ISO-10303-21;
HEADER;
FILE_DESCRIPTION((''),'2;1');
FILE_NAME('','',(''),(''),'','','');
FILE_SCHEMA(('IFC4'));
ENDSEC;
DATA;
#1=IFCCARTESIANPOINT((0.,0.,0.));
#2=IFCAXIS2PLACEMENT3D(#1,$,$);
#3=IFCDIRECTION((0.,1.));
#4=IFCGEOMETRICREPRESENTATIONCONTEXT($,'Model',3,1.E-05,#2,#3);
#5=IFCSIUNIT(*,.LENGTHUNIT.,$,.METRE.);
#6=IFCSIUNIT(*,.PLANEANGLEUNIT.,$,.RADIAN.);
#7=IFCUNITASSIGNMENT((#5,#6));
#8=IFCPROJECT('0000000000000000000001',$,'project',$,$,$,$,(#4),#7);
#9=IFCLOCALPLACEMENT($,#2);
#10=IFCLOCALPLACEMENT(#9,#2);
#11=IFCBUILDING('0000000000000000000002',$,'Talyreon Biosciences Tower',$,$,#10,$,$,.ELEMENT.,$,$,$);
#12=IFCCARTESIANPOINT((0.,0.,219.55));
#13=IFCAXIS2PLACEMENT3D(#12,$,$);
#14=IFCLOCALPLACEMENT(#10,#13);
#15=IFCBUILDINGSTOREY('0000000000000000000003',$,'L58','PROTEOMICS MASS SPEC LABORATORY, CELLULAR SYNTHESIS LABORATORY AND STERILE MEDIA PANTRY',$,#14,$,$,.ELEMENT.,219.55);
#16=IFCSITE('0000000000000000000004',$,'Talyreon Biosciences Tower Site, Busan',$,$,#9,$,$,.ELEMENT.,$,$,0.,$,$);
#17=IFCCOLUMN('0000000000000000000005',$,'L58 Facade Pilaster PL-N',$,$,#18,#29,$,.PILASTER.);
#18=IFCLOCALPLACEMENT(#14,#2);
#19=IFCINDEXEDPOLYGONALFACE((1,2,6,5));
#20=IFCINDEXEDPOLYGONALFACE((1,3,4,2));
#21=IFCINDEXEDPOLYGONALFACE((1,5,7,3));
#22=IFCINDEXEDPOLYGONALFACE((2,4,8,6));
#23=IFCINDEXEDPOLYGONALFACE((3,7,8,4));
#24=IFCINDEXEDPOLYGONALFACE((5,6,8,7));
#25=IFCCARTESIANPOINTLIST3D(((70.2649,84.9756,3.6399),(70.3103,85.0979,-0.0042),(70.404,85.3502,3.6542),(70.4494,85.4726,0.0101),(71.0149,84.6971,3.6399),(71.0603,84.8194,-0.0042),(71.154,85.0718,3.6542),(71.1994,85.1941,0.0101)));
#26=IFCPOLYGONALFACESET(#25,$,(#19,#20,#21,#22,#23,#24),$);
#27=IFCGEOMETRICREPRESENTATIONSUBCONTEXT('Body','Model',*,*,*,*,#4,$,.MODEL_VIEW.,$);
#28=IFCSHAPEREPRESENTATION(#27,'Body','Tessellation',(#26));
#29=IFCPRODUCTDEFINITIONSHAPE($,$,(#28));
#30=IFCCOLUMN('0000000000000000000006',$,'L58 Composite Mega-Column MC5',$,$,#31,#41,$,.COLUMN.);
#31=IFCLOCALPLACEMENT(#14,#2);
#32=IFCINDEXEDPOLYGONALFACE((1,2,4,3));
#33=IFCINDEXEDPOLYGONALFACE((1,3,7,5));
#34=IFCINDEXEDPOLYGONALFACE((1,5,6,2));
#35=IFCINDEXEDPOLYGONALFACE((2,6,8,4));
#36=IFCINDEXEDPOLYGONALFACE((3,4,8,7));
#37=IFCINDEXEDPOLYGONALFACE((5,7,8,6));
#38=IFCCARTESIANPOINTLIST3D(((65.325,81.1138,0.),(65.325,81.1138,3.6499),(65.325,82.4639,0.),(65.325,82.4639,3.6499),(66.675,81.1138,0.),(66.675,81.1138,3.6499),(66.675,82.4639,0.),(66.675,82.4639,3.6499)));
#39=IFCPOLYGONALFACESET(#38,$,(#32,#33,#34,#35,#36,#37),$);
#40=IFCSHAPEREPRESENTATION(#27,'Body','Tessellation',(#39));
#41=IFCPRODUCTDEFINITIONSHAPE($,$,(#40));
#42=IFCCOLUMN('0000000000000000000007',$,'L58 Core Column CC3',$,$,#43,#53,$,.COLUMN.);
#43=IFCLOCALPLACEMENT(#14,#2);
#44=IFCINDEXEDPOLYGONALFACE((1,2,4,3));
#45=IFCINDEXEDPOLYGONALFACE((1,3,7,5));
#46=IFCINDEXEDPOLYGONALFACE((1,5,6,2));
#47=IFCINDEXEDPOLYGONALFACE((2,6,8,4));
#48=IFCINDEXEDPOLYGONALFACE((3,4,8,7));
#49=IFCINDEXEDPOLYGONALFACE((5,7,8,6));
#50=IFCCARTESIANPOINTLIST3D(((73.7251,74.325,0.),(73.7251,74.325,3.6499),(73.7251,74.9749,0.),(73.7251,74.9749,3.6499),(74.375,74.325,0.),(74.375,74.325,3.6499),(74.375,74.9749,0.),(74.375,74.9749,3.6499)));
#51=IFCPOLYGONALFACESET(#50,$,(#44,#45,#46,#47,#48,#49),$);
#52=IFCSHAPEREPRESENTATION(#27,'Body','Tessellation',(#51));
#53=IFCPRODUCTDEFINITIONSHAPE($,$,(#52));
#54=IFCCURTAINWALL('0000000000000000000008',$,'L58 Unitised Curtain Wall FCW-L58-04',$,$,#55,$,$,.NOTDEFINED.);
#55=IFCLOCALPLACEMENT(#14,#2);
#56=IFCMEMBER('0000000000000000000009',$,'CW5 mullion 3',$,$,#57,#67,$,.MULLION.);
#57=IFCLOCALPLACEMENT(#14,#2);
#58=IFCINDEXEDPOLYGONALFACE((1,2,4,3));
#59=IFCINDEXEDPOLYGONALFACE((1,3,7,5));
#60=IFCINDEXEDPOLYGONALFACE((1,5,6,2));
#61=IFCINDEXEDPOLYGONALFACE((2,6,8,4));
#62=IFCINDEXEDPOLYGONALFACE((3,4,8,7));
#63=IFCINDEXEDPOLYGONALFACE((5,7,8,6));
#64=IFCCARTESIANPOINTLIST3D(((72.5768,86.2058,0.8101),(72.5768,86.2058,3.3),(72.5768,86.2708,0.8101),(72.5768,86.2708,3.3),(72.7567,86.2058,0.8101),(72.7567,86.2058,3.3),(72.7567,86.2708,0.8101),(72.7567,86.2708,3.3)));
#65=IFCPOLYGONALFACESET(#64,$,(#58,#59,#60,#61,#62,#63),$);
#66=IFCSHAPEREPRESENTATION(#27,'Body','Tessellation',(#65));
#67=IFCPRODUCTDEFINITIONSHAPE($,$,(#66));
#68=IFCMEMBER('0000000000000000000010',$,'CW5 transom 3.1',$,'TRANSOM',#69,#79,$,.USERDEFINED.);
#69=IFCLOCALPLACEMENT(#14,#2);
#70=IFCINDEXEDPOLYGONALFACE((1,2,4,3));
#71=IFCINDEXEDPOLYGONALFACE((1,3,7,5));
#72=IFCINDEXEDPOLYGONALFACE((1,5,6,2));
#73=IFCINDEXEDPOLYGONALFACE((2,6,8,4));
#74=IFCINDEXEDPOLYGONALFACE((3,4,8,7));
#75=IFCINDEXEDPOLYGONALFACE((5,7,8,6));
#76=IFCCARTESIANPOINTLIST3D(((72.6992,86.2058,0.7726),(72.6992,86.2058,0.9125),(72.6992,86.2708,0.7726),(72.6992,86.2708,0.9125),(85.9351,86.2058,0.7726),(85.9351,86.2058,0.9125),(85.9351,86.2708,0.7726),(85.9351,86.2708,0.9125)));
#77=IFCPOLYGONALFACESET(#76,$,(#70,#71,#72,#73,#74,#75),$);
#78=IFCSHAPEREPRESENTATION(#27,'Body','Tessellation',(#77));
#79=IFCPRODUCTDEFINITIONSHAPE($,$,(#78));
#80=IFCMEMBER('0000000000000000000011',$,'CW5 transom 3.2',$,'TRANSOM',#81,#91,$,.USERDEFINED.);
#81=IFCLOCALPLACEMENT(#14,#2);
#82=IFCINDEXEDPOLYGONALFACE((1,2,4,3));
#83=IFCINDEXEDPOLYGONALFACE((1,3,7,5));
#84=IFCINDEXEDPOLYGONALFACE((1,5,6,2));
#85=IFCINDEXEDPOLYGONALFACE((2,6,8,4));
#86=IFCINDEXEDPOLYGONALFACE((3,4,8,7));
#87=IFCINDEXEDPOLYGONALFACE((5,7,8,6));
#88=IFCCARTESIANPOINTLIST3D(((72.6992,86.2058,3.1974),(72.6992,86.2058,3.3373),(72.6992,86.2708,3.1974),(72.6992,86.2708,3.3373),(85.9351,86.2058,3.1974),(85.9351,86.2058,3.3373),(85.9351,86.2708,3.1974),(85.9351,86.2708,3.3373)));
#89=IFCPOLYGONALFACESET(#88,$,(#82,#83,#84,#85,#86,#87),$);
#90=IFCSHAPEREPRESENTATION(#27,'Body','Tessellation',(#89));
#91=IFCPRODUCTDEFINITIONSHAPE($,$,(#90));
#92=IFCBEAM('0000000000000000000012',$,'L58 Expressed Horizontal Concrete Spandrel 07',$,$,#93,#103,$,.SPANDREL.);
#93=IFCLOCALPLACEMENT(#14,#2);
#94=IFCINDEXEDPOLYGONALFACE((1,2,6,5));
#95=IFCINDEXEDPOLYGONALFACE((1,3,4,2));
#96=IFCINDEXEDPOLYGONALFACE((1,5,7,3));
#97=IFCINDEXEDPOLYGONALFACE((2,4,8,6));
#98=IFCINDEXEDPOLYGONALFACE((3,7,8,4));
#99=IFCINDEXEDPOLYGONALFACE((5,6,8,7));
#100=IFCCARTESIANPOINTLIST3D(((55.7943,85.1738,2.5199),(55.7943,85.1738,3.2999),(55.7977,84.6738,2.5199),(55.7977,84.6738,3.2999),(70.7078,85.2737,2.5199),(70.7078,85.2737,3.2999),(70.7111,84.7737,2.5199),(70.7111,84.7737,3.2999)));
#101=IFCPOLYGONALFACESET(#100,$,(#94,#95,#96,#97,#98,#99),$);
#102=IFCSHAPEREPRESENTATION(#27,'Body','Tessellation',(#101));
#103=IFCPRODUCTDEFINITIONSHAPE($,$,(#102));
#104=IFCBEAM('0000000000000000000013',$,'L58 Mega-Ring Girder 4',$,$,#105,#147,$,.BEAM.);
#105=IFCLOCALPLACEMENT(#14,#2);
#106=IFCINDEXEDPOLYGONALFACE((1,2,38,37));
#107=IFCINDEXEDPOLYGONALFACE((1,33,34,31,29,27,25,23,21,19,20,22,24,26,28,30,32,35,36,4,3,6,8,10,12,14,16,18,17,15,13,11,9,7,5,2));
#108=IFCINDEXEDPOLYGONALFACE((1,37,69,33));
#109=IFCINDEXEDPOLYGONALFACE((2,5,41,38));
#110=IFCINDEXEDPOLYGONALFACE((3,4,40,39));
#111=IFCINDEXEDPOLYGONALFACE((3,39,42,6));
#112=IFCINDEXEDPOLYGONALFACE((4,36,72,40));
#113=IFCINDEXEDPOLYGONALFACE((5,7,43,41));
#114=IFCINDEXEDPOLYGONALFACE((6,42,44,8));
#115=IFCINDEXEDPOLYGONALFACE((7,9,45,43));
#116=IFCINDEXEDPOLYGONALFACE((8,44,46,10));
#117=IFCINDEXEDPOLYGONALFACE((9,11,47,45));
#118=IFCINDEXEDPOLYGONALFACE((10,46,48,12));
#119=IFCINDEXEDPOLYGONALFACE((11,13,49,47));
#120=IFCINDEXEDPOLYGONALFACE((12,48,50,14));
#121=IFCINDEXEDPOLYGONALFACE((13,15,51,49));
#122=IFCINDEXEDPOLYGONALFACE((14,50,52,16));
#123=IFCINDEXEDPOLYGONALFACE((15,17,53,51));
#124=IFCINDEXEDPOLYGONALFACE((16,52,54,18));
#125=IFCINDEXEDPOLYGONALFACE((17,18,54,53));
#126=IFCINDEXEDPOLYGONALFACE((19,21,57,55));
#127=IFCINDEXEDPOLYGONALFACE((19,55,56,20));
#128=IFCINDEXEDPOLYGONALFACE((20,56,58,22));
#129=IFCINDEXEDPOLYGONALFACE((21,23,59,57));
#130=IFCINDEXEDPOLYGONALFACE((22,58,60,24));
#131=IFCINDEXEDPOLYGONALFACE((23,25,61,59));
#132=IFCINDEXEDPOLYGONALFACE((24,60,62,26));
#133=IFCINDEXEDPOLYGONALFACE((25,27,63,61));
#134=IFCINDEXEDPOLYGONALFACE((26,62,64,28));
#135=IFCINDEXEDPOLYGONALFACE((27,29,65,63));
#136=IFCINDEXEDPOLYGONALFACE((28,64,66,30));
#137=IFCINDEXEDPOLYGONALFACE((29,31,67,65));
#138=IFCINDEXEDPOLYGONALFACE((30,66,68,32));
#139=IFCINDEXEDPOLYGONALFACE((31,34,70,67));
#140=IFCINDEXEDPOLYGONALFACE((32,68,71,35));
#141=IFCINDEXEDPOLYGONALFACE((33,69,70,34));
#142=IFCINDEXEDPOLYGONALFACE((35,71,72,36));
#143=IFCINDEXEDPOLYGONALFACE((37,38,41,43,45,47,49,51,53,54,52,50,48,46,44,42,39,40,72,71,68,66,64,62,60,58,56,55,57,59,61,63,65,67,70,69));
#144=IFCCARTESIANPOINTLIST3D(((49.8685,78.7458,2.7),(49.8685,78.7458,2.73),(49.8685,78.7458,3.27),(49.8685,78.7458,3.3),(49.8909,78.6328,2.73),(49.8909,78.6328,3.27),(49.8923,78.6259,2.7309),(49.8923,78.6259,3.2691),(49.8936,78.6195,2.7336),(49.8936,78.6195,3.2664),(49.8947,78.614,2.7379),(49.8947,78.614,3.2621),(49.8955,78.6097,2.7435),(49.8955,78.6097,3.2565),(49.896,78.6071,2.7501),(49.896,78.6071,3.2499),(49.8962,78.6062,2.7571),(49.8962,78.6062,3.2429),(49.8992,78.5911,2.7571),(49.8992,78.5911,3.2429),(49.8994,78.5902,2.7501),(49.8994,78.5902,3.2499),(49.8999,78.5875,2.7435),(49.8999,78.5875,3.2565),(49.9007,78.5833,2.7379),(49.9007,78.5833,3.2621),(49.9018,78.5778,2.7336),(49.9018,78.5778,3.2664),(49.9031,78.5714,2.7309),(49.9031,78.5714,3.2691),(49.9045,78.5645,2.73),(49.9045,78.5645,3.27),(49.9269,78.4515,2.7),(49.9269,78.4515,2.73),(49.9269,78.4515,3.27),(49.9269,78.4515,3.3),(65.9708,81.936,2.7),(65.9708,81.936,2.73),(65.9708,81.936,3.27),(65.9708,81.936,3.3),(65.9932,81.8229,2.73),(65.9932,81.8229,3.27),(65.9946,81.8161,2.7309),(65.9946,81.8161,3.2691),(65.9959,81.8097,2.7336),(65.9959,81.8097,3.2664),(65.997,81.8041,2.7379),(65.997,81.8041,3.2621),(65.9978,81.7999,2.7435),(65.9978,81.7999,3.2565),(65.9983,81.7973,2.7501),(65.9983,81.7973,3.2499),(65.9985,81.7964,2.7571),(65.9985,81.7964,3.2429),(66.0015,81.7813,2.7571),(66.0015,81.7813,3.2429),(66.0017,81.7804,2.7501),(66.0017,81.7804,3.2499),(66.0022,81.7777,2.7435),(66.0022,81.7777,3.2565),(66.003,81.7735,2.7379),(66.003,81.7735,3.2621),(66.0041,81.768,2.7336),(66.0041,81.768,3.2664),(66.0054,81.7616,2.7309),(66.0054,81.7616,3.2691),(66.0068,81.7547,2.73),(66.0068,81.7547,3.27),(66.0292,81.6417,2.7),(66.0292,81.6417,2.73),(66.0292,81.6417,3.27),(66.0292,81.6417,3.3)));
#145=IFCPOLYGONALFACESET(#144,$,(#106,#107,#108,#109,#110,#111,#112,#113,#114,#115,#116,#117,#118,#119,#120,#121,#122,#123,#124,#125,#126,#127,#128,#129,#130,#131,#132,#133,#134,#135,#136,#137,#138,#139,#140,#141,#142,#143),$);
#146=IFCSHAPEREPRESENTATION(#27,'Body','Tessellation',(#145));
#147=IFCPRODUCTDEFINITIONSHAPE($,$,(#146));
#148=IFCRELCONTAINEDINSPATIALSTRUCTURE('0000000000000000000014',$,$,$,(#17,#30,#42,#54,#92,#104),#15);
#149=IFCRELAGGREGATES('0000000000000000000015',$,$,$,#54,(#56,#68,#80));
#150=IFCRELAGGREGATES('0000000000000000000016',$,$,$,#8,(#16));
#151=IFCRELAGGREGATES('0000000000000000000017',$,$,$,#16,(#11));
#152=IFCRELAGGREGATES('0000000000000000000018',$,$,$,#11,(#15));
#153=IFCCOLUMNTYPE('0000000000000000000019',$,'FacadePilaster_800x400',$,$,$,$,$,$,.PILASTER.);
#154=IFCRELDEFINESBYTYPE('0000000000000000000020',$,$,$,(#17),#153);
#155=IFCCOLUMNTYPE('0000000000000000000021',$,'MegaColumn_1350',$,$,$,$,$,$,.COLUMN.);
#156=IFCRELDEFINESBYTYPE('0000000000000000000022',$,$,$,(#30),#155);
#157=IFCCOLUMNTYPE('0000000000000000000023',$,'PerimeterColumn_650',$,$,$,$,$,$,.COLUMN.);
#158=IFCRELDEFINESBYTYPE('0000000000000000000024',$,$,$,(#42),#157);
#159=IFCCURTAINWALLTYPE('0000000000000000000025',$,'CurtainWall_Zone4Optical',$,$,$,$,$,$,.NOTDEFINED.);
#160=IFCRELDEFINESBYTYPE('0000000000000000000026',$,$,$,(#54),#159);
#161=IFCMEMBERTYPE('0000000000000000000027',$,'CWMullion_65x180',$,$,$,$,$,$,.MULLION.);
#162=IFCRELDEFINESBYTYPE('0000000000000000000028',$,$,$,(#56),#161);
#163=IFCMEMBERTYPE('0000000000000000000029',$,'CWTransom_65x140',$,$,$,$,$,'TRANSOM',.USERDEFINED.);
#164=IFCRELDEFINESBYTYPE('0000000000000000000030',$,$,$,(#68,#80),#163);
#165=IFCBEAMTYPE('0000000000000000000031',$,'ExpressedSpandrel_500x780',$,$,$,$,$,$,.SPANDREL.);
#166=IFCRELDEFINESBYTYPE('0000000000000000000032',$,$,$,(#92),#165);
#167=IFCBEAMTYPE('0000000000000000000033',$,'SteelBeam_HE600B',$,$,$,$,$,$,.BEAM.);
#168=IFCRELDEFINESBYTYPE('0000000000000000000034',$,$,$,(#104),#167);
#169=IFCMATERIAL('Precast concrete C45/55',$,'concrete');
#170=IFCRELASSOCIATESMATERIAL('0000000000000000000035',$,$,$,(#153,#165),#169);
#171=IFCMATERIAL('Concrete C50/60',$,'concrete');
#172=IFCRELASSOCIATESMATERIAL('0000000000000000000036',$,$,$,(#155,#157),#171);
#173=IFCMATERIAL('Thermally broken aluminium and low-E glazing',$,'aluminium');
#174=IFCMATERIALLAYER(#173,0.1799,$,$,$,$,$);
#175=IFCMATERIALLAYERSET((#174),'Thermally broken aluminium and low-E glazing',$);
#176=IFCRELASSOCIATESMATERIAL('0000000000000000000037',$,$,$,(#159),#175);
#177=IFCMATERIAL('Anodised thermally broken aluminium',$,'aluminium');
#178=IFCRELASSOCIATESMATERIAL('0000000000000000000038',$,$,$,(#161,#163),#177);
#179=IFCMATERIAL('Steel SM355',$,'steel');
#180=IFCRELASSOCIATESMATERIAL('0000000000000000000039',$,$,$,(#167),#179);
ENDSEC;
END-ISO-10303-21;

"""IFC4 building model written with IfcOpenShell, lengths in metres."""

from ifc_helpers import new_model, si_unit, direction, frame, origin, origin_2d, place, context, subcontext, project, spatial, rectangle, i_section, extrude, material, layer, layer_set, material_profile, profile_set, type_object, element, aggregate, save


model = new_model("IFC4")

# Units and contexts
model_context = context("Model", 3, precision=1e-05, world=origin(), true_north=direction((0.0, 1.0)))
body_context = subcontext(model_context, "Body", "Model", "MODEL_VIEW")
ifc_project = project(units=[si_unit("LENGTHUNIT", "METRE"), si_unit("PLANEANGLEUNIT", "RADIAN")], contexts=[model_context])

# Site, building, storey
site_placement = place(None, origin())
site = spatial("IfcSite", under=ifc_project, at=site_placement, Name="Talyreon Biosciences Tower Site, Busan", CompositionType="ELEMENT", RefElevation=0.0)
building_placement = place(site_placement, origin())
building = spatial("IfcBuilding", under=site, at=building_placement, Name="Talyreon Biosciences Tower", CompositionType="ELEMENT")
storey_placement = place(building_placement, frame((0.0, 0.0, 219.55)))
storey = spatial("IfcBuildingStorey", under=building, at=storey_placement, Name="L58", Description="PROTEOMICS MASS SPEC LABORATORY, CELLULAR SYNTHESIS LABORATORY AND STERILE MEDIA PANTRY", CompositionType="ELEMENT", Elevation=219.55)

# Columns
ifc_material_1 = material(Name="Precast concrete C45/55", Category="concrete")
ifc_material_profile_1 = material_profile(ifc_material_1, rectangle(XDim=0.8, YDim=0.3999, at=origin_2d()), Name="RC 800x400")
ifc_profile_set_1 = profile_set([ifc_material_profile_1], Name="Precast concrete C45/55")
column_type_1 = type_object("IfcColumnType", Name="FacadePilaster_800x400", PredefinedType="PILASTER", material=ifc_profile_set_1)
column_1_placement = place(storey_placement, frame((70.7549, 85.146, 0.0029), z_axis=(-0.012453, -0.033544, 0.99936), x_axis=(-0.937478, 0.348046, 0.0)))
element("IfcColumn", 1, at=column_1_placement, inside=storey, type_object=column_type_1, Name="L58 Facade Pilaster PL-N", PredefinedType="PILASTER", context=body_context, shape_type="SweptSolid", body=[
    extrude(rectangle(XDim=0.8, YDim=0.3999, at=origin_2d()), origin(), (0.0, 0.0, 1.0), 3.6465),
])
ifc_material_2 = material(Name="Concrete C50/60", Category="concrete")
ifc_material_profile_2 = material_profile(ifc_material_2, rectangle(XDim=1.3501, YDim=1.3501, at=origin_2d()), Name="RC 1350x1350")
ifc_profile_set_2 = profile_set([ifc_material_profile_2], Name="Concrete C50/60")
column_type_2 = type_object("IfcColumnType", Name="MegaColumn_1350", PredefinedType="COLUMN", material=ifc_profile_set_2)
column_2_placement = place(storey_placement, frame((66.0, 81.7888, 0.0), z_axis=(0.0, 0.0, 1.0), x_axis=(1.0, 0.0, 0.0)))
element("IfcColumn", 2, at=column_2_placement, inside=storey, type_object=column_type_2, Name="L58 Composite Mega-Column MC5", PredefinedType="COLUMN", context=body_context, shape_type="SweptSolid", body=[
    extrude(rectangle(XDim=1.3501, YDim=1.3501, at=origin_2d()), origin(), (0.0, 0.0, 1.0), 3.6499),
])
ifc_material_profile_3 = material_profile(ifc_material_2, rectangle(XDim=0.6499, YDim=0.6499, at=origin_2d()), Name="RC 650x650")
ifc_profile_set_3 = profile_set([ifc_material_profile_3], Name="Concrete C50/60")
column_type_3 = type_object("IfcColumnType", Name="PerimeterColumn_650", PredefinedType="COLUMN", material=ifc_profile_set_3)
column_3_placement = place(storey_placement, frame((74.05, 74.6499, 0.0), z_axis=(0.0, 0.0, 1.0), x_axis=(1.0, 0.0, 0.0)))
element("IfcColumn", 3, at=column_3_placement, inside=storey, type_object=column_type_3, Name="L58 Core Column CC3", PredefinedType="COLUMN", context=body_context, shape_type="SweptSolid", body=[
    extrude(rectangle(XDim=0.6499, YDim=0.6499, at=origin_2d()), origin(), (0.0, 0.0, 1.0), 3.6499),
])

# Curtain wall, members
ifc_material_3 = material(Name="Thermally broken aluminium and low-E glazing", Category="aluminium")
ifc_layer_1 = layer(ifc_material_3, 0.1799)
ifc_layer_set_1 = layer_set([ifc_layer_1], Name="Thermally broken aluminium and low-E glazing")
curtain_wall_type = type_object("IfcCurtainWallType", Name="CurtainWall_Zone4Optical", PredefinedType="NOTDEFINED", material=ifc_layer_set_1)
curtain_wall_placement = place(storey_placement, origin())
curtain_wall = element("IfcCurtainWall", 4, at=curtain_wall_placement, inside=storey, type_object=curtain_wall_type, Name="L58 Unitised Curtain Wall FCW-L58-04", PredefinedType="NOTDEFINED")
ifc_material_4 = material(Name="Anodised thermally broken aluminium", Category="aluminium")
ifc_material_profile_4 = material_profile(ifc_material_4, rectangle(XDim=0.0649, YDim=0.1799, at=origin_2d()), Name="ALUM MULLION 65x180")
ifc_profile_set_4 = profile_set([ifc_material_profile_4], Name="Anodised thermally broken aluminium")
member_type_1 = type_object("IfcMemberType", Name="CWMullion_65x180", PredefinedType="MULLION", material=ifc_profile_set_4)
member_1_placement = place(storey_placement, frame((72.6667, 86.2383, 0.8101), z_axis=(0.0, 0.0, 1.0), x_axis=(0.0, 1.0, 0.0)))
member_1 = element("IfcMember", 5, at=member_1_placement, type_object=member_type_1, Name="CW5 mullion 3", PredefinedType="MULLION", context=body_context, shape_type="SweptSolid", body=[
    extrude(rectangle(XDim=0.0649, YDim=0.1799, at=origin_2d()), origin(), (0.0, 0.0, 1.0), 2.49),
])
ifc_material_profile_5 = material_profile(ifc_material_4, rectangle(XDim=0.0649, YDim=0.1399, at=origin_2d()), Name="ALUM TRANSOM 65x140")
ifc_profile_set_5 = profile_set([ifc_material_profile_5], Name="Anodised thermally broken aluminium")
member_type_2 = type_object("IfcMemberType", Name="CWTransom_65x140", ElementType="TRANSOM", PredefinedType="USERDEFINED", material=ifc_profile_set_5)
member_2_placement = place(storey_placement, frame((72.6992, 86.2383, 0.8425), z_axis=(1.0, 0.0, 0.0), x_axis=(0.0, 1.0, 0.0)))
member_2 = element("IfcMember", 6, at=member_2_placement, type_object=member_type_2, Name="CW5 transom 3.1", ObjectType="TRANSOM", PredefinedType="USERDEFINED", context=body_context, shape_type="SweptSolid", body=[
    extrude(rectangle(XDim=0.0649, YDim=0.1399, at=origin_2d()), origin(), (0.0, 0.0, 1.0), 13.2358),
])
member_3_placement = place(storey_placement, frame((72.6992, 86.2383, 3.2673), z_axis=(1.0, 0.0, 0.0), x_axis=(0.0, 1.0, 0.0)))
member_3 = element("IfcMember", 7, at=member_3_placement, type_object=member_type_2, Name="CW5 transom 3.2", ObjectType="TRANSOM", PredefinedType="USERDEFINED", context=body_context, shape_type="SweptSolid", body=[
    extrude(rectangle(XDim=0.0649, YDim=0.1399, at=origin_2d()), origin(), (0.0, 0.0, 1.0), 13.2358),
])

# Beams
ifc_material_profile_6 = material_profile(ifc_material_1, rectangle(XDim=0.5, YDim=0.78, at=origin_2d()), Name="RCB 500x780")
ifc_profile_set_6 = profile_set([ifc_material_profile_6], Name="Precast concrete C45/55")
beam_type_1 = type_object("IfcBeamType", Name="ExpressedSpandrel_500x780", PredefinedType="SPANDREL", material=ifc_profile_set_6)
beam_1_placement = place(storey_placement, frame((70.7095, 85.0237, 2.9099), z_axis=(-0.999978, -0.006695, 0.0), x_axis=(0.006695, -0.999978, 0.0)))
element("IfcBeam", 8, at=beam_1_placement, inside=storey, type_object=beam_type_1, Name="L58 Expressed Horizontal Concrete Spandrel 07", PredefinedType="SPANDREL", context=body_context, shape_type="SweptSolid", body=[
    extrude(rectangle(XDim=0.5, YDim=0.78, at=origin_2d()), origin(), (0.0, 0.0, 1.0), 14.9138),
])
ifc_material_5 = material(Name="Steel SM355", Category="steel")
ifc_material_profile_7 = material_profile(ifc_material_5, i_section(OverallWidth=0.3, OverallDepth=0.6001, WebThickness=0.0154, FlangeThickness=0.03, FilletRadius=0.0271, at=origin_2d()), Name="HE600B")
ifc_profile_set_7 = profile_set([ifc_material_profile_7], Name="Steel SM355")
beam_type_2 = type_object("IfcBeamType", Name="SteelBeam_HE600B", PredefinedType="BEAM", material=ifc_profile_set_7)
beam_2_placement = place(storey_placement, frame((66.0, 81.7888, 3.0), z_axis=(-0.980934, -0.194343, 0.0), x_axis=(0.194343, -0.980934, 0.0)))
element("IfcBeam", 9, at=beam_2_placement, inside=storey, type_object=beam_type_2, Name="L58 Mega-Ring Girder 4", PredefinedType="BEAM", context=body_context, shape_type="SweptSolid", body=[
    extrude(i_section(OverallWidth=0.3, OverallDepth=0.6001, WebThickness=0.0154, FlangeThickness=0.03, FilletRadius=0.0271, at=origin_2d()), origin(), (0.0, 0.0, 1.0), 16.4153),
])

aggregate(curtain_wall, [member_1, member_2, member_3])

save(model, "model.ifc")
